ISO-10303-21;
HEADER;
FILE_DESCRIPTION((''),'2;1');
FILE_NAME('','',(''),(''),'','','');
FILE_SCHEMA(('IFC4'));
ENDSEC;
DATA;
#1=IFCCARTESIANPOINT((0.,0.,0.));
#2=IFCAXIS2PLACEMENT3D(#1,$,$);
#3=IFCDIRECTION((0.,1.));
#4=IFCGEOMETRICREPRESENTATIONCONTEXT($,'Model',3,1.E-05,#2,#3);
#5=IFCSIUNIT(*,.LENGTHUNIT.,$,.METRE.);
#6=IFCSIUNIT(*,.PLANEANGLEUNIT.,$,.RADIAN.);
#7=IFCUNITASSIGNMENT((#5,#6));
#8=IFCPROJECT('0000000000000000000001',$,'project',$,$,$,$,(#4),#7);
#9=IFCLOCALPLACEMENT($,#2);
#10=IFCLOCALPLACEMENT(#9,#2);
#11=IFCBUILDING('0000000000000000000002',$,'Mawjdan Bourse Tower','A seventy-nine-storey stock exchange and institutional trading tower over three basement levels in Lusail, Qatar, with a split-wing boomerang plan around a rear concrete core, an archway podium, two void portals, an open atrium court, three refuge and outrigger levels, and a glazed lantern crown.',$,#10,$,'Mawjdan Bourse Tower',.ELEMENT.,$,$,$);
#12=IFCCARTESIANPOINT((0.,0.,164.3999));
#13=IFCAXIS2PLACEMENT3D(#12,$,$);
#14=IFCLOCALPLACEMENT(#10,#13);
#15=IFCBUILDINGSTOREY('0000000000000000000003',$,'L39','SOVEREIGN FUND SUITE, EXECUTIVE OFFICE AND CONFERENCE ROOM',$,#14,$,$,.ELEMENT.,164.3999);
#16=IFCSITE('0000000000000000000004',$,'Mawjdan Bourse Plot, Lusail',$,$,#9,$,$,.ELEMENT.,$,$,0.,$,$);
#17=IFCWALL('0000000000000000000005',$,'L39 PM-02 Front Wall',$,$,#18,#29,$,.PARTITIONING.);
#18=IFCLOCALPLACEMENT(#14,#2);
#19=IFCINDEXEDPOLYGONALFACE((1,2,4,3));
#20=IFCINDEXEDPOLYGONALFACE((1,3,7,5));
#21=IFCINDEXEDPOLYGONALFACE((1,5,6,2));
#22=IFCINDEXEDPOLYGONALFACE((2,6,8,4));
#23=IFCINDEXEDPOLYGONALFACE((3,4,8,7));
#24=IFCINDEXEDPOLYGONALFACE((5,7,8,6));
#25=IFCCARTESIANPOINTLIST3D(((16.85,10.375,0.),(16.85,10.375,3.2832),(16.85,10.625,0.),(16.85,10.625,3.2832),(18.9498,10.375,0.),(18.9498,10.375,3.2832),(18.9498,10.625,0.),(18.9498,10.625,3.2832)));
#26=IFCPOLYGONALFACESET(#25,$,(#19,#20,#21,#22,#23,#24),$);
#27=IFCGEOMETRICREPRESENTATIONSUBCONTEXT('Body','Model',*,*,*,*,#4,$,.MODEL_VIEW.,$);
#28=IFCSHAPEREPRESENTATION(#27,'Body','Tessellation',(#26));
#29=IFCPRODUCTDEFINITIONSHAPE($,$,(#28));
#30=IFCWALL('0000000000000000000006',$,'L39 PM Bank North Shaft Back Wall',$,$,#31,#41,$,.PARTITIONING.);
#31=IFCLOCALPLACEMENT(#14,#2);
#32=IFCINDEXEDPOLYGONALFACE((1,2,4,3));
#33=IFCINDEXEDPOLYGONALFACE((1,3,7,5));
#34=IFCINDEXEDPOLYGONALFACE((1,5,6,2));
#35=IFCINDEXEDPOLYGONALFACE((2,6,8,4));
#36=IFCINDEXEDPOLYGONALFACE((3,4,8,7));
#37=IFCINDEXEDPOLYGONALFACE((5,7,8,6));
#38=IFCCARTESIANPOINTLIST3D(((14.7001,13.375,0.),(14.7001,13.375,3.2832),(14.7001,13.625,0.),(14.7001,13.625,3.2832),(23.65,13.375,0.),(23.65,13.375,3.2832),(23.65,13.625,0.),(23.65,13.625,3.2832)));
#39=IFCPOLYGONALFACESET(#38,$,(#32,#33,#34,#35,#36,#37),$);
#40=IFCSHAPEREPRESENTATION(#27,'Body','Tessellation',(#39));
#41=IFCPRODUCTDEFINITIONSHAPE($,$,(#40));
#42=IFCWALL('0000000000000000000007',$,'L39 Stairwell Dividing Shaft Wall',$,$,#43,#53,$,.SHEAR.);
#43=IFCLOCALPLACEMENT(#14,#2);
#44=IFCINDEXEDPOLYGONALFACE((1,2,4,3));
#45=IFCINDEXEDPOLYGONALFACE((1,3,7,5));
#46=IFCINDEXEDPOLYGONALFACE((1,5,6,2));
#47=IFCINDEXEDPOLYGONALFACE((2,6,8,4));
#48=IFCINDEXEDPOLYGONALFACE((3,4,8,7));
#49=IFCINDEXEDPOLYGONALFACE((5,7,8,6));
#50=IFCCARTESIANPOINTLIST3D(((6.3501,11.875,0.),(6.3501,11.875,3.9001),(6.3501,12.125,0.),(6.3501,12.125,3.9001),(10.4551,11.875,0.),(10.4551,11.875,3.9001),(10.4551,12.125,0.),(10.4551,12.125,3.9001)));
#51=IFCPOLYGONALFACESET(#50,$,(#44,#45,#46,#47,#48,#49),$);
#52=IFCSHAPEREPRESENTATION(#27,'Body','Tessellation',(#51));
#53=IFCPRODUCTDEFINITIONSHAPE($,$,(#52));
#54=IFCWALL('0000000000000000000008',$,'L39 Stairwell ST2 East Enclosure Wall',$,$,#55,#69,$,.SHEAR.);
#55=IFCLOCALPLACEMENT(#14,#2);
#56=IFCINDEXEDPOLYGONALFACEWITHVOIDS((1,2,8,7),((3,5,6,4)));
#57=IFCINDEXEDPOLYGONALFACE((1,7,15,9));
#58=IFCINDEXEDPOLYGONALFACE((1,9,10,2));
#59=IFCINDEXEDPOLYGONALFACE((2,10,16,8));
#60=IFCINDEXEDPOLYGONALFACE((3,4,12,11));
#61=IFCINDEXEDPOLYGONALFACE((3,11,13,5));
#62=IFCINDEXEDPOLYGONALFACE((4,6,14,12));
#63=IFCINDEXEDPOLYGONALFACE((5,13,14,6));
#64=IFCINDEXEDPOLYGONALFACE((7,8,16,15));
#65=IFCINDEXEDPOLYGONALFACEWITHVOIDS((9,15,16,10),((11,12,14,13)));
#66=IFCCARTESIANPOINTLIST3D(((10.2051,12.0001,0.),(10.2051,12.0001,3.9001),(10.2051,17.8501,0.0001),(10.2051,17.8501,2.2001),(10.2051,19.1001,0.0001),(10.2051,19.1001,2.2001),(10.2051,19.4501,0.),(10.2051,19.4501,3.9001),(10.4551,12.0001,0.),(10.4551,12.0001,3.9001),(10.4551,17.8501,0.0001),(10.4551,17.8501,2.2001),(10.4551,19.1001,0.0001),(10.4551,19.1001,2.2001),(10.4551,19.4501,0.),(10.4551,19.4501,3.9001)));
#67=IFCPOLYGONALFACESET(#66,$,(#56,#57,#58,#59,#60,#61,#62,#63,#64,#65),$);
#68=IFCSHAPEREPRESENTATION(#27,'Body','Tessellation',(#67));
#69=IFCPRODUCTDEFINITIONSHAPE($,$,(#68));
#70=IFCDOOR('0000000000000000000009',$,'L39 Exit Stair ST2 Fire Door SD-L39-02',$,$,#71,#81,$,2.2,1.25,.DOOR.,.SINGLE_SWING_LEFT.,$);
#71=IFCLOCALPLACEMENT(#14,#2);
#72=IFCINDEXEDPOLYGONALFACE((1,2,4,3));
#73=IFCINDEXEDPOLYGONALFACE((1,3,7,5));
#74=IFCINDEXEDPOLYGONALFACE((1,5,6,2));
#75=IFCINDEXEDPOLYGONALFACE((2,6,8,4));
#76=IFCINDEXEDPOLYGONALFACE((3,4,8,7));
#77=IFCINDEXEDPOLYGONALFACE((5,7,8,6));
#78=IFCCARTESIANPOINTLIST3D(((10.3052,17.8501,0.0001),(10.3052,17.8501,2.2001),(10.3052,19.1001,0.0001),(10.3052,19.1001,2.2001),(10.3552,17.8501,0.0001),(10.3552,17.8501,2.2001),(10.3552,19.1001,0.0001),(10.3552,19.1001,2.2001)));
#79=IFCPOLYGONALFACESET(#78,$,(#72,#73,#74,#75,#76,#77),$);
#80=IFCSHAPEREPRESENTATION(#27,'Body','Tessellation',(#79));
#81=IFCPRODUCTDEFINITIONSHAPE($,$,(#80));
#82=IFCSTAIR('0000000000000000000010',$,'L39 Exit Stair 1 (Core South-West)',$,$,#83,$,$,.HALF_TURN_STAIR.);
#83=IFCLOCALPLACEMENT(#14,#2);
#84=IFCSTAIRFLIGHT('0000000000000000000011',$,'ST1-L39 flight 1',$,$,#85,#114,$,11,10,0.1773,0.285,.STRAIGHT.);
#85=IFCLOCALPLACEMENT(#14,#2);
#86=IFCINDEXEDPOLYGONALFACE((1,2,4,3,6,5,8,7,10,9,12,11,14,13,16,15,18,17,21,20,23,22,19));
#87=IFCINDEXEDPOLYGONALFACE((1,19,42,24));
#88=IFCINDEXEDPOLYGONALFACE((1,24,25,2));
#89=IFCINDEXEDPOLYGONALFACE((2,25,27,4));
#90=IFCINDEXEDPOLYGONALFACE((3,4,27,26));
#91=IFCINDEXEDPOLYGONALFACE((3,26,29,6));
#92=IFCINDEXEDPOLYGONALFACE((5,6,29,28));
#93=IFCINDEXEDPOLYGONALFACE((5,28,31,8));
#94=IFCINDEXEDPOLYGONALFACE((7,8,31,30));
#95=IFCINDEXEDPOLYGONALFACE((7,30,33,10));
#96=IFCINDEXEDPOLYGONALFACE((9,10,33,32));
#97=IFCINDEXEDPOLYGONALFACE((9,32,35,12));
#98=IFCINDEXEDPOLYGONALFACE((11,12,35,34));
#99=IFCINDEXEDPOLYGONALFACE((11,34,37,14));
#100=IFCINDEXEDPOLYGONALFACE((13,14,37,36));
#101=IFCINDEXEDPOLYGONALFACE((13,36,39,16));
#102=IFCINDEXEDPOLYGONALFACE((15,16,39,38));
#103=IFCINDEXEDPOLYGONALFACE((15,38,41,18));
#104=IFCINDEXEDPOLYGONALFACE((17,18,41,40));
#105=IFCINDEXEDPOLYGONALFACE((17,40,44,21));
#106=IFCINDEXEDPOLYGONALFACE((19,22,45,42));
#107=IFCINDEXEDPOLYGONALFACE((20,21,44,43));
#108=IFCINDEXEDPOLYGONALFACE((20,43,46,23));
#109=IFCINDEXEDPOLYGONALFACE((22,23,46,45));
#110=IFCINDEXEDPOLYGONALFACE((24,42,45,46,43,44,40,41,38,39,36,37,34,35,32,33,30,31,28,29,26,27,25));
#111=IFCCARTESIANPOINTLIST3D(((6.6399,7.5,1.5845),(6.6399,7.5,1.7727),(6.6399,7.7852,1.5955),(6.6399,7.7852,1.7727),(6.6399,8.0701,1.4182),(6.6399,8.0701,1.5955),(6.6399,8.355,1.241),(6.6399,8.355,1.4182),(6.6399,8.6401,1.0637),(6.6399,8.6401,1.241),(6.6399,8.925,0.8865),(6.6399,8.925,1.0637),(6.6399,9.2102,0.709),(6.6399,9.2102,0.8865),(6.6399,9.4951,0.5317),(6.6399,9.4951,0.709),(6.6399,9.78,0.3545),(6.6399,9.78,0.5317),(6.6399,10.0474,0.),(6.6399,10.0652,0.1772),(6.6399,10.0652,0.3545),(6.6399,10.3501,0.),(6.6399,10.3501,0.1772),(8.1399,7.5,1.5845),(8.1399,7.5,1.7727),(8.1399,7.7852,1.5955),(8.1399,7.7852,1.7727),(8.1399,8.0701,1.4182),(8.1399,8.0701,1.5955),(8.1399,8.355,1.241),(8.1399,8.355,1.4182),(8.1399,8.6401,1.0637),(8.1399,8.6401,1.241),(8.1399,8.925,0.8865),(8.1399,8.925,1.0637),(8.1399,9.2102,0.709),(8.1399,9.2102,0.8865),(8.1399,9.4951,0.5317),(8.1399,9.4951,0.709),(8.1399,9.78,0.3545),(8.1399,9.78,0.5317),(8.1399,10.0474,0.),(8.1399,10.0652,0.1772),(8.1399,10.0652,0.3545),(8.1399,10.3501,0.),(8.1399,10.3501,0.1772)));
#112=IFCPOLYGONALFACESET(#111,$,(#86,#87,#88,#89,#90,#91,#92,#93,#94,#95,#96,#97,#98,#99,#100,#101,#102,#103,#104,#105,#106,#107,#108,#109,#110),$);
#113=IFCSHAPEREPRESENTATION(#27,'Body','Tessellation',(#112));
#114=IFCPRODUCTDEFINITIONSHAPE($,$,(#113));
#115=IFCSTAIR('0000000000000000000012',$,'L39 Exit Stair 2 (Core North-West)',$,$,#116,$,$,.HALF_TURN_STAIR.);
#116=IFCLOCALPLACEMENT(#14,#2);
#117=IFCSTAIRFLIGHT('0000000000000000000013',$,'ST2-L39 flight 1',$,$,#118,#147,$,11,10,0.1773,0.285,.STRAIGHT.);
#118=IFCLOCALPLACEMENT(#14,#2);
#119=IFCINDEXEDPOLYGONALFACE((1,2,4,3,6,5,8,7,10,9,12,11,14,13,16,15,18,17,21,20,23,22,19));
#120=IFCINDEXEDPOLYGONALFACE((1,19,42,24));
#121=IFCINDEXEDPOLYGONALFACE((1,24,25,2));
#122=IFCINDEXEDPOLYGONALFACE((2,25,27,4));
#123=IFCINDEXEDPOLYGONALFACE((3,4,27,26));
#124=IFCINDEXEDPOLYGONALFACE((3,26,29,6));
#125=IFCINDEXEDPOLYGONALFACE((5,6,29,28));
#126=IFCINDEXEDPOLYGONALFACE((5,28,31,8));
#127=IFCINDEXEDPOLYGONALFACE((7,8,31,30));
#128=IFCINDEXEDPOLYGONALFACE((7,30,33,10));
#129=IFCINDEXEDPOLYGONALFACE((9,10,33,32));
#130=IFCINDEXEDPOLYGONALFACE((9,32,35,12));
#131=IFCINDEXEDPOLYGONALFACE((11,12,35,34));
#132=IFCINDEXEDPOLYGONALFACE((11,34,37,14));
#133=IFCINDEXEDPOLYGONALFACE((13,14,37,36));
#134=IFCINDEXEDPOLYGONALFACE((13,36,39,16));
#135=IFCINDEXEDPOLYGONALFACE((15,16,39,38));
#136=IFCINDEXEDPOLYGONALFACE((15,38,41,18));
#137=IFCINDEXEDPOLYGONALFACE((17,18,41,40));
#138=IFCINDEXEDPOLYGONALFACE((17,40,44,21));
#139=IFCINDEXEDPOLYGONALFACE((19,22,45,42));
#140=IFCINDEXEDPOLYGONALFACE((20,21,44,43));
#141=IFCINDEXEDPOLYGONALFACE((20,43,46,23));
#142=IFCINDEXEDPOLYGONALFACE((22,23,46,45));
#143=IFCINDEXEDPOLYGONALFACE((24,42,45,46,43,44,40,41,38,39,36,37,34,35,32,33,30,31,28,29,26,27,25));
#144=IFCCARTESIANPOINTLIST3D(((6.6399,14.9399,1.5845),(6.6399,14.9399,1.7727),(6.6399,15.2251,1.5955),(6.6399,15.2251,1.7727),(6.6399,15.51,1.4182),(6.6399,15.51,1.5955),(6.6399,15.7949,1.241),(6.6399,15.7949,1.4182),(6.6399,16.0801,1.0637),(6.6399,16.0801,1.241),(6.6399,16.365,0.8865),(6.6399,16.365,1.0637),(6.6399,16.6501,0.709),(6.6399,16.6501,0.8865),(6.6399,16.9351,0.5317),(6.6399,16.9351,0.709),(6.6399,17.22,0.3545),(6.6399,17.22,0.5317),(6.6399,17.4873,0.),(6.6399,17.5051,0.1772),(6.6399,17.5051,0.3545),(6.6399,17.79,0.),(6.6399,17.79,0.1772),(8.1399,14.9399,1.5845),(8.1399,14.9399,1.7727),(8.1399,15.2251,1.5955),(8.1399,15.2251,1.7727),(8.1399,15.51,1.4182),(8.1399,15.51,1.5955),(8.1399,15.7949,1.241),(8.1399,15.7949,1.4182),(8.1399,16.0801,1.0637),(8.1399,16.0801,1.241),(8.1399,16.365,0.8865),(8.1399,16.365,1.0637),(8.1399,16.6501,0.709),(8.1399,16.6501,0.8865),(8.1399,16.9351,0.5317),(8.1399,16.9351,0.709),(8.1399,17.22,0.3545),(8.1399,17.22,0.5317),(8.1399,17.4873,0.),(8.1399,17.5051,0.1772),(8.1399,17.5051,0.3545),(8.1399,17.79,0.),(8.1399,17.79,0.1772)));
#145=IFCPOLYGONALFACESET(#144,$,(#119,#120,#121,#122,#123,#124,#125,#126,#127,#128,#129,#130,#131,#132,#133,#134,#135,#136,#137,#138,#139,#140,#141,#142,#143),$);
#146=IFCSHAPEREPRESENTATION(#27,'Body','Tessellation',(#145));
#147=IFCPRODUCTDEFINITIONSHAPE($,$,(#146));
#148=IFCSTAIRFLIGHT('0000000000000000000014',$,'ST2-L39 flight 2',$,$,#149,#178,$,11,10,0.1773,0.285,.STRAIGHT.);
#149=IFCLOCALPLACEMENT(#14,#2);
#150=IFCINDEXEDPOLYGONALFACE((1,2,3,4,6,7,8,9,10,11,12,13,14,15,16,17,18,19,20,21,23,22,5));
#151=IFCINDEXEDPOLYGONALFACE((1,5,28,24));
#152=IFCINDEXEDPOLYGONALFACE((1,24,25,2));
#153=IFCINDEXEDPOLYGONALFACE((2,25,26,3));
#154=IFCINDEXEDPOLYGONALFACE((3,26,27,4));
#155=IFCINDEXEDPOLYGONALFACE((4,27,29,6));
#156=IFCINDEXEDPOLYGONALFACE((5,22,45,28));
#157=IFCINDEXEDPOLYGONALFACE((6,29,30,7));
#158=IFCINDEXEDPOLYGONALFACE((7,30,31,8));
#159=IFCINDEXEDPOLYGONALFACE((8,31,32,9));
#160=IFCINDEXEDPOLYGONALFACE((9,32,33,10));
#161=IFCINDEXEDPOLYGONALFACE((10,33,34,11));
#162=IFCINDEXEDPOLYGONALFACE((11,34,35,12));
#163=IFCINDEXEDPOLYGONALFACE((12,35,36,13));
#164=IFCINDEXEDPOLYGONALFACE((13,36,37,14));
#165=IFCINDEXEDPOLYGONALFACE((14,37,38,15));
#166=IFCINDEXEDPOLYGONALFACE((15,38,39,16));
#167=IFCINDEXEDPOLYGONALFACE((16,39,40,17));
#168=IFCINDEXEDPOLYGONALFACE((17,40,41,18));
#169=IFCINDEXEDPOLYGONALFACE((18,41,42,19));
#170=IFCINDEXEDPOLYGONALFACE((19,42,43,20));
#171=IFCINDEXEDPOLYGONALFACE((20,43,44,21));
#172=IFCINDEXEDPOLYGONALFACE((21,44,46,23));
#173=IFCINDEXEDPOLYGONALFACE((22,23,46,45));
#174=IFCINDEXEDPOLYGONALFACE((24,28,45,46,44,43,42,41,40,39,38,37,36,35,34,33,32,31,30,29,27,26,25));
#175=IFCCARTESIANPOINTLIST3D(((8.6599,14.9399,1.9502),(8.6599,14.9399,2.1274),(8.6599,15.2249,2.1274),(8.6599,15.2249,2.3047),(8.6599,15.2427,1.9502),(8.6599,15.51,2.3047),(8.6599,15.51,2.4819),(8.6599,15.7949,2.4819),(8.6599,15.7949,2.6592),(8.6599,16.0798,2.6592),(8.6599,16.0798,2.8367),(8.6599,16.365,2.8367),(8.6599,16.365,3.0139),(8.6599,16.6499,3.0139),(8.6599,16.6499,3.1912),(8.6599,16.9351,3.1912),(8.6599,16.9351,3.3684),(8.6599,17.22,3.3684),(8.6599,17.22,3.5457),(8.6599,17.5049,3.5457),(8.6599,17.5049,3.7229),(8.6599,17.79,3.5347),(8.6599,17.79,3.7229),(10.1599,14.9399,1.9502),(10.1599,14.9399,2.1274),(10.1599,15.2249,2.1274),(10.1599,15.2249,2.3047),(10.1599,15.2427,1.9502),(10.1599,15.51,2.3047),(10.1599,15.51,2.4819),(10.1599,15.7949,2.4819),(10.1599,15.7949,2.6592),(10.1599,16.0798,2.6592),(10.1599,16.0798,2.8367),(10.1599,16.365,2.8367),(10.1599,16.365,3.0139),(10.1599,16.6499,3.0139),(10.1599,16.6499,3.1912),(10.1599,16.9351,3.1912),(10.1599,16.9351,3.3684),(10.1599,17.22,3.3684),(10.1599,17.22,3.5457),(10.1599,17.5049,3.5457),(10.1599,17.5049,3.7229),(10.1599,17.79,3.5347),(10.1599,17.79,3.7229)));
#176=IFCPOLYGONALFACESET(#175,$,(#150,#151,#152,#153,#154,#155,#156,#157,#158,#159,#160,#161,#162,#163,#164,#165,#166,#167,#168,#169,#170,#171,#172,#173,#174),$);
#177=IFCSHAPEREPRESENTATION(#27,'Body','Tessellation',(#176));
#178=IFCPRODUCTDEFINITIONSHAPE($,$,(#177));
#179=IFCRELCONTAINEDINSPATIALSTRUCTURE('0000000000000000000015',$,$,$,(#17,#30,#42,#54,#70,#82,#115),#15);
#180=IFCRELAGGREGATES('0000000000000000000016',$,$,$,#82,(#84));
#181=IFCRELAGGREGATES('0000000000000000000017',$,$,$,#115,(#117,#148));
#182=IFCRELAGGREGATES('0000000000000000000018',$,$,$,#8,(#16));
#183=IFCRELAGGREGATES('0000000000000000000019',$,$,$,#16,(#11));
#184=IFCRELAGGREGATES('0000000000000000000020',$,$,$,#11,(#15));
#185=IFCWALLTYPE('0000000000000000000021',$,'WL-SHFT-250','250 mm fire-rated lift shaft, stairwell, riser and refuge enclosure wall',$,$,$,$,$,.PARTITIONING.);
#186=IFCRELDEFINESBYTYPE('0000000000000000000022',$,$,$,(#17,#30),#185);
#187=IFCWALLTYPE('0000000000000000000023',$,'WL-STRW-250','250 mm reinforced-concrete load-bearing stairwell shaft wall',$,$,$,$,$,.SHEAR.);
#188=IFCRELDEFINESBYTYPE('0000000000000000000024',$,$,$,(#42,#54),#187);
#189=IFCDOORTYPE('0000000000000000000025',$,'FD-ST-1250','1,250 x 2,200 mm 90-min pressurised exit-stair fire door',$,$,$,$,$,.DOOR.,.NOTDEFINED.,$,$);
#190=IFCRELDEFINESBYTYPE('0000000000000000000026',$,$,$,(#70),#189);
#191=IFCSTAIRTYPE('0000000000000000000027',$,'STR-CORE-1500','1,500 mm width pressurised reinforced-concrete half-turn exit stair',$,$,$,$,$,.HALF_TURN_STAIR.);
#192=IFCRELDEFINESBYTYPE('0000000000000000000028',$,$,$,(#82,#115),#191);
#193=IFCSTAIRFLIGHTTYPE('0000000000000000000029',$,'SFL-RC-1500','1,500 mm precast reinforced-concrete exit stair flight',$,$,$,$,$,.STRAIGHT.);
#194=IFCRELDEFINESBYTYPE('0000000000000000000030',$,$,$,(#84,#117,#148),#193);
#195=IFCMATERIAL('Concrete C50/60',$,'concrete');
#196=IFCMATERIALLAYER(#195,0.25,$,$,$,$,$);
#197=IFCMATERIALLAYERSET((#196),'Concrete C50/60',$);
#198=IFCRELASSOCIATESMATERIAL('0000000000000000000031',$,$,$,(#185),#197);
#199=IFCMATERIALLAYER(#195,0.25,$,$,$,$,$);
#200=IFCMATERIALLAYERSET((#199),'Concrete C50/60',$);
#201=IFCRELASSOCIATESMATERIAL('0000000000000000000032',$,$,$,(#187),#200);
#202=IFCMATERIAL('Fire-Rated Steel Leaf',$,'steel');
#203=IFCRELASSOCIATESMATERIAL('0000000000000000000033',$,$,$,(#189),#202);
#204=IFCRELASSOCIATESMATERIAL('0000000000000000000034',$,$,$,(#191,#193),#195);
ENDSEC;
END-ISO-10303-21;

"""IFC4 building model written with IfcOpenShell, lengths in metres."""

from ifc_helpers import new_model, si_unit, direction, frame, frame_2d, origin, place, context, subcontext, project, spatial, polyline, rectangle, outline, extrude, material, layer, layer_set, type_object, element, fill, aggregate, save


model = new_model("IFC4")

# Units and contexts
model_context = context("Model", 3, precision=1e-05, world=origin(), true_north=direction((0.0, 1.0)))
body_context = subcontext(model_context, "Body", "Model", "MODEL_VIEW")
ifc_project = project(units=[si_unit("LENGTHUNIT", "METRE"), si_unit("PLANEANGLEUNIT", "RADIAN")], contexts=[model_context])

# Site, building, storey
site_placement = place(None, origin())
site = spatial("IfcSite", under=ifc_project, at=site_placement, Name="Mawjdan Bourse Plot, Lusail", CompositionType="ELEMENT", RefElevation=0.0)
building_placement = place(site_placement, origin())
building = spatial("IfcBuilding", under=site, at=building_placement, Name="Mawjdan Bourse Tower", Description="A seventy-nine-storey stock exchange and institutional trading tower over three basement levels in Lusail, Qatar, with a split-wing boomerang plan around a rear concrete core, an archway podium, two void portals, an open atrium court, three refuge and outrigger levels, and a glazed lantern crown.", LongName="Mawjdan Bourse Tower", CompositionType="ELEMENT")
storey_placement = place(building_placement, frame((0.0, 0.0, 164.3999)))
storey = spatial("IfcBuildingStorey", under=building, at=storey_placement, Name="L39", Description="SOVEREIGN FUND SUITE, EXECUTIVE OFFICE AND CONFERENCE ROOM", CompositionType="ELEMENT", Elevation=164.3999)

# Shared definitions
ifc_material_1 = material(Name="Concrete C50/60", Category="concrete")
ifc_layer_1 = layer(ifc_material_1, 0.25)
ifc_layer_set_1 = layer_set([ifc_layer_1], Name="Concrete C50/60")
wall_type_1 = type_object("IfcWallType", Name="WL-SHFT-250", Description="250 mm fire-rated lift shaft, stairwell, riser and refuge enclosure wall", PredefinedType="PARTITIONING", material=ifc_layer_set_1)

# Walls
wall_1_placement = place(storey_placement, frame((16.8501, 10.5, 0.0), z_axis=(0.0, 0.0, 1.0), x_axis=(1.0, 0.0, 0.0)))
element("IfcWall", 1, at=wall_1_placement, inside=storey, type_object=wall_type_1, Name="L39 PM-02 Front Wall", PredefinedType="PARTITIONING", context=body_context, shape_type="SweptSolid", body=[
    extrude(rectangle(XDim=2.0999, YDim=0.25, at=frame_2d((1.0498, 0.0))), origin(), (0.0, 0.0, 1.0), 3.2832),
])
wall_2_placement = place(storey_placement, frame((14.7, 13.5, 0.0), z_axis=(0.0, 0.0, 1.0), x_axis=(1.0, 0.0, 0.0)))
element("IfcWall", 2, at=wall_2_placement, inside=storey, type_object=wall_type_1, Name="L39 PM Bank North Shaft Back Wall", PredefinedType="PARTITIONING", context=body_context, shape_type="SweptSolid", body=[
    extrude(rectangle(XDim=8.95, YDim=0.25, at=frame_2d((4.4751, 0.0))), origin(), (0.0, 0.0, 1.0), 3.2832),
])
ifc_layer_2 = layer(ifc_material_1, 0.25)
ifc_layer_set_2 = layer_set([ifc_layer_2], Name="Concrete C50/60")
wall_type_2 = type_object("IfcWallType", Name="WL-STRW-250", Description="250 mm reinforced-concrete load-bearing stairwell shaft wall", PredefinedType="SHEAR", material=ifc_layer_set_2)
wall_3_placement = place(storey_placement, frame((6.3501, 12.0, 0.0), z_axis=(0.0, 0.0, 1.0), x_axis=(1.0, 0.0, 0.0)))
element("IfcWall", 3, at=wall_3_placement, inside=storey, type_object=wall_type_2, Name="L39 Stairwell Dividing Shaft Wall", PredefinedType="SHEAR", context=body_context, shape_type="SweptSolid", body=[
    extrude(rectangle(XDim=4.105, YDim=0.25, at=frame_2d((2.0525, 0.0))), origin(), (0.0, 0.0, 1.0), 3.9001),
])

# Wall, opening, door
wall_4_placement = place(storey_placement, frame((10.3301, 12.0, 0.0), z_axis=(0.0, 0.0, 1.0), x_axis=(0.0, 1.0, 0.0)))
wall_4 = element("IfcWall", 4, at=wall_4_placement, inside=storey, type_object=wall_type_2, Name="L39 Stairwell ST2 East Enclosure Wall", PredefinedType="SHEAR", context=body_context, shape_type="SweptSolid", body=[
    extrude(rectangle(XDim=7.45, YDim=0.25, at=frame_2d((3.7251, 0.0))), origin(), (0.0, 0.0, 1.0), 3.9001),
])
opening_1_placement = place(wall_4_placement, frame((5.8501, 0.0, 0.0)))
opening_1 = element("IfcOpeningElement", 5, at=opening_1_placement, cuts=wall_4, PredefinedType="OPENING", context=body_context, shape_type="SweptSolid", body=[
    extrude(rectangle(XDim=1.25, YDim=2.2, at=frame_2d((0.625, 1.1001))), frame((0.0, 0.135, 0.0), z_axis=(0.0, -1.0, 0.0), x_axis=(1.0, 0.0, 0.0)), (0.0, 0.0, 1.0), 0.27),
])
ifc_material_2 = material(Name="Fire-Rated Steel Leaf", Category="steel")
door_type_1 = type_object("IfcDoorType", Name="FD-ST-1250", Description="1,250 x 2,200 mm 90-min pressurised exit-stair fire door", OperationType="NOTDEFINED", PredefinedType="DOOR", material=ifc_material_2)
door_1_placement = place(opening_1_placement, origin())
door_1 = element("IfcDoor", 6, at=door_1_placement, inside=storey, type_object=door_type_1, Name="L39 Exit Stair ST2 Fire Door SD-L39-02", OperationType="SINGLE_SWING_LEFT", OverallHeight=2.2, OverallWidth=1.25, PredefinedType="DOOR", context=body_context, shape_type="SweptSolid", body=[
    extrude(rectangle(XDim=1.25, YDim=2.2, at=frame_2d((0.625, 1.1001))), frame((0.0, 0.0249, 0.0), z_axis=(0.0, -1.0, 0.0), x_axis=(1.0, 0.0, 0.0)), (0.0, 0.0, 1.0), 0.05),
])
fill(opening_1, door_1)

# Stair, stair flight
stair_type = type_object("IfcStairType", Name="STR-CORE-1500", Description="1,500 mm width pressurised reinforced-concrete half-turn exit stair", PredefinedType="HALF_TURN_STAIR", material=ifc_material_1)
stair_1_placement = place(storey_placement, origin())
stair_1 = element("IfcStair", 7, at=stair_1_placement, inside=storey, type_object=stair_type, Name="L39 Exit Stair 1 (Core South-West)", PredefinedType="HALF_TURN_STAIR")
stair_flight_type = type_object("IfcStairFlightType", Name="SFL-RC-1500", Description="1,500 mm precast reinforced-concrete exit stair flight", PredefinedType="STRAIGHT", material=ifc_material_1)
stair_flight_1_placement = place(storey_placement, frame((7.3899, 10.3501, 0.0), z_axis=(0.0, 0.0, 1.0), x_axis=(0.0, -1.0, 0.0)))
stair_flight_1 = element("IfcStairFlight", 8, at=stair_flight_1_placement, type_object=stair_flight_type, Name="ST1-L39 flight 1", NumberOfRisers=11, NumberOfTreads=10, PredefinedType="STRAIGHT", RiserHeight=0.1773, TreadLength=0.285, context=body_context, shape_type="SweptSolid", body=[
    extrude(outline(polyline([(0.0, 0.0), (0.0, 0.1772), (0.2849, 0.1772), (0.2849, 0.3545), (0.5701, 0.3545), (0.5701, 0.5317), (0.855, 0.5317), (0.855, 0.709), (1.1399, 0.709), (1.1399, 0.8865), (1.425, 0.8865), (1.425, 1.0637), (1.71, 1.0637), (1.71, 1.241), (1.9951, 1.241), (1.9951, 1.4182), (2.28, 1.4182), (2.28, 1.5955), (2.5649, 1.5955), (2.5649, 1.7727), (2.8501, 1.7727), (2.8501, 1.95), (2.8501, 1.5845), (0.3027, 0.0), (0.0, 0.0)])), frame((0.0, 0.75, 0.0), z_axis=(0.0, -1.0, 0.0), x_axis=(1.0, 0.0, 0.0)), (0.0, 0.0, 1.0), 1.5),
])
aggregate(stair_1, [stair_flight_1])

# Stair, stair flights
stair_2_placement = place(storey_placement, origin())
stair_2 = element("IfcStair", 9, at=stair_2_placement, inside=storey, type_object=stair_type, Name="L39 Exit Stair 2 (Core North-West)", PredefinedType="HALF_TURN_STAIR")
stair_flight_2_placement = place(storey_placement, frame((7.3899, 17.79, 0.0), z_axis=(0.0, 0.0, 1.0), x_axis=(0.0, -1.0, 0.0)))
stair_flight_2 = element("IfcStairFlight", 10, at=stair_flight_2_placement, type_object=stair_flight_type, Name="ST2-L39 flight 1", NumberOfRisers=11, NumberOfTreads=10, PredefinedType="STRAIGHT", RiserHeight=0.1773, TreadLength=0.285, context=body_context, shape_type="SweptSolid", body=[
    extrude(outline(polyline([(0.0, 0.0), (0.0, 0.1772), (0.2849, 0.1772), (0.2849, 0.3545), (0.5701, 0.3545), (0.5701, 0.5317), (0.855, 0.5317), (0.855, 0.709), (1.1399, 0.709), (1.1399, 0.8865), (1.425, 0.8865), (1.425, 1.0637), (1.71, 1.0637), (1.71, 1.241), (1.9951, 1.241), (1.9951, 1.4182), (2.28, 1.4182), (2.28, 1.5955), (2.5649, 1.5955), (2.5649, 1.7727), (2.8501, 1.7727), (2.8501, 1.95), (2.8501, 1.5845), (0.3027, 0.0), (0.0, 0.0)])), frame((0.0, 0.75, 0.0), z_axis=(0.0, -1.0, 0.0), x_axis=(1.0, 0.0, 0.0)), (0.0, 0.0, 1.0), 1.5),
])
stair_flight_3_placement = place(storey_placement, frame((9.4099, 14.9399, 1.9502), z_axis=(0.0, 0.0, 1.0), x_axis=(0.0, 1.0, 0.0)))
stair_flight_3 = element("IfcStairFlight", 11, at=stair_flight_3_placement, type_object=stair_flight_type, Name="ST2-L39 flight 2", NumberOfRisers=11, NumberOfTreads=10, PredefinedType="STRAIGHT", RiserHeight=0.1773, TreadLength=0.285, context=body_context, shape_type="SweptSolid", body=[
    extrude(outline(polyline([(0.0, 0.0), (0.0, 0.1772), (0.2849, 0.1772), (0.2849, 0.3545), (0.5701, 0.3545), (0.5701, 0.5317), (0.855, 0.5317), (0.855, 0.709), (1.1399, 0.709), (1.1399, 0.8865), (1.425, 0.8865), (1.425, 1.0637), (1.71, 1.0637), (1.71, 1.241), (1.9951, 1.241), (1.9951, 1.4182), (2.28, 1.4182), (2.28, 1.5955), (2.5649, 1.5955), (2.5649, 1.7727), (2.8501, 1.7727), (2.8501, 1.95), (2.8501, 1.5845), (0.3027, 0.0), (0.0, 0.0)])), frame((0.0, 0.75, 0.0), z_axis=(0.0, -1.0, 0.0), x_axis=(1.0, 0.0, 0.0)), (0.0, 0.0, 1.0), 1.5),
])
aggregate(stair_2, [stair_flight_2, stair_flight_3])

save(model, "model.ifc")
